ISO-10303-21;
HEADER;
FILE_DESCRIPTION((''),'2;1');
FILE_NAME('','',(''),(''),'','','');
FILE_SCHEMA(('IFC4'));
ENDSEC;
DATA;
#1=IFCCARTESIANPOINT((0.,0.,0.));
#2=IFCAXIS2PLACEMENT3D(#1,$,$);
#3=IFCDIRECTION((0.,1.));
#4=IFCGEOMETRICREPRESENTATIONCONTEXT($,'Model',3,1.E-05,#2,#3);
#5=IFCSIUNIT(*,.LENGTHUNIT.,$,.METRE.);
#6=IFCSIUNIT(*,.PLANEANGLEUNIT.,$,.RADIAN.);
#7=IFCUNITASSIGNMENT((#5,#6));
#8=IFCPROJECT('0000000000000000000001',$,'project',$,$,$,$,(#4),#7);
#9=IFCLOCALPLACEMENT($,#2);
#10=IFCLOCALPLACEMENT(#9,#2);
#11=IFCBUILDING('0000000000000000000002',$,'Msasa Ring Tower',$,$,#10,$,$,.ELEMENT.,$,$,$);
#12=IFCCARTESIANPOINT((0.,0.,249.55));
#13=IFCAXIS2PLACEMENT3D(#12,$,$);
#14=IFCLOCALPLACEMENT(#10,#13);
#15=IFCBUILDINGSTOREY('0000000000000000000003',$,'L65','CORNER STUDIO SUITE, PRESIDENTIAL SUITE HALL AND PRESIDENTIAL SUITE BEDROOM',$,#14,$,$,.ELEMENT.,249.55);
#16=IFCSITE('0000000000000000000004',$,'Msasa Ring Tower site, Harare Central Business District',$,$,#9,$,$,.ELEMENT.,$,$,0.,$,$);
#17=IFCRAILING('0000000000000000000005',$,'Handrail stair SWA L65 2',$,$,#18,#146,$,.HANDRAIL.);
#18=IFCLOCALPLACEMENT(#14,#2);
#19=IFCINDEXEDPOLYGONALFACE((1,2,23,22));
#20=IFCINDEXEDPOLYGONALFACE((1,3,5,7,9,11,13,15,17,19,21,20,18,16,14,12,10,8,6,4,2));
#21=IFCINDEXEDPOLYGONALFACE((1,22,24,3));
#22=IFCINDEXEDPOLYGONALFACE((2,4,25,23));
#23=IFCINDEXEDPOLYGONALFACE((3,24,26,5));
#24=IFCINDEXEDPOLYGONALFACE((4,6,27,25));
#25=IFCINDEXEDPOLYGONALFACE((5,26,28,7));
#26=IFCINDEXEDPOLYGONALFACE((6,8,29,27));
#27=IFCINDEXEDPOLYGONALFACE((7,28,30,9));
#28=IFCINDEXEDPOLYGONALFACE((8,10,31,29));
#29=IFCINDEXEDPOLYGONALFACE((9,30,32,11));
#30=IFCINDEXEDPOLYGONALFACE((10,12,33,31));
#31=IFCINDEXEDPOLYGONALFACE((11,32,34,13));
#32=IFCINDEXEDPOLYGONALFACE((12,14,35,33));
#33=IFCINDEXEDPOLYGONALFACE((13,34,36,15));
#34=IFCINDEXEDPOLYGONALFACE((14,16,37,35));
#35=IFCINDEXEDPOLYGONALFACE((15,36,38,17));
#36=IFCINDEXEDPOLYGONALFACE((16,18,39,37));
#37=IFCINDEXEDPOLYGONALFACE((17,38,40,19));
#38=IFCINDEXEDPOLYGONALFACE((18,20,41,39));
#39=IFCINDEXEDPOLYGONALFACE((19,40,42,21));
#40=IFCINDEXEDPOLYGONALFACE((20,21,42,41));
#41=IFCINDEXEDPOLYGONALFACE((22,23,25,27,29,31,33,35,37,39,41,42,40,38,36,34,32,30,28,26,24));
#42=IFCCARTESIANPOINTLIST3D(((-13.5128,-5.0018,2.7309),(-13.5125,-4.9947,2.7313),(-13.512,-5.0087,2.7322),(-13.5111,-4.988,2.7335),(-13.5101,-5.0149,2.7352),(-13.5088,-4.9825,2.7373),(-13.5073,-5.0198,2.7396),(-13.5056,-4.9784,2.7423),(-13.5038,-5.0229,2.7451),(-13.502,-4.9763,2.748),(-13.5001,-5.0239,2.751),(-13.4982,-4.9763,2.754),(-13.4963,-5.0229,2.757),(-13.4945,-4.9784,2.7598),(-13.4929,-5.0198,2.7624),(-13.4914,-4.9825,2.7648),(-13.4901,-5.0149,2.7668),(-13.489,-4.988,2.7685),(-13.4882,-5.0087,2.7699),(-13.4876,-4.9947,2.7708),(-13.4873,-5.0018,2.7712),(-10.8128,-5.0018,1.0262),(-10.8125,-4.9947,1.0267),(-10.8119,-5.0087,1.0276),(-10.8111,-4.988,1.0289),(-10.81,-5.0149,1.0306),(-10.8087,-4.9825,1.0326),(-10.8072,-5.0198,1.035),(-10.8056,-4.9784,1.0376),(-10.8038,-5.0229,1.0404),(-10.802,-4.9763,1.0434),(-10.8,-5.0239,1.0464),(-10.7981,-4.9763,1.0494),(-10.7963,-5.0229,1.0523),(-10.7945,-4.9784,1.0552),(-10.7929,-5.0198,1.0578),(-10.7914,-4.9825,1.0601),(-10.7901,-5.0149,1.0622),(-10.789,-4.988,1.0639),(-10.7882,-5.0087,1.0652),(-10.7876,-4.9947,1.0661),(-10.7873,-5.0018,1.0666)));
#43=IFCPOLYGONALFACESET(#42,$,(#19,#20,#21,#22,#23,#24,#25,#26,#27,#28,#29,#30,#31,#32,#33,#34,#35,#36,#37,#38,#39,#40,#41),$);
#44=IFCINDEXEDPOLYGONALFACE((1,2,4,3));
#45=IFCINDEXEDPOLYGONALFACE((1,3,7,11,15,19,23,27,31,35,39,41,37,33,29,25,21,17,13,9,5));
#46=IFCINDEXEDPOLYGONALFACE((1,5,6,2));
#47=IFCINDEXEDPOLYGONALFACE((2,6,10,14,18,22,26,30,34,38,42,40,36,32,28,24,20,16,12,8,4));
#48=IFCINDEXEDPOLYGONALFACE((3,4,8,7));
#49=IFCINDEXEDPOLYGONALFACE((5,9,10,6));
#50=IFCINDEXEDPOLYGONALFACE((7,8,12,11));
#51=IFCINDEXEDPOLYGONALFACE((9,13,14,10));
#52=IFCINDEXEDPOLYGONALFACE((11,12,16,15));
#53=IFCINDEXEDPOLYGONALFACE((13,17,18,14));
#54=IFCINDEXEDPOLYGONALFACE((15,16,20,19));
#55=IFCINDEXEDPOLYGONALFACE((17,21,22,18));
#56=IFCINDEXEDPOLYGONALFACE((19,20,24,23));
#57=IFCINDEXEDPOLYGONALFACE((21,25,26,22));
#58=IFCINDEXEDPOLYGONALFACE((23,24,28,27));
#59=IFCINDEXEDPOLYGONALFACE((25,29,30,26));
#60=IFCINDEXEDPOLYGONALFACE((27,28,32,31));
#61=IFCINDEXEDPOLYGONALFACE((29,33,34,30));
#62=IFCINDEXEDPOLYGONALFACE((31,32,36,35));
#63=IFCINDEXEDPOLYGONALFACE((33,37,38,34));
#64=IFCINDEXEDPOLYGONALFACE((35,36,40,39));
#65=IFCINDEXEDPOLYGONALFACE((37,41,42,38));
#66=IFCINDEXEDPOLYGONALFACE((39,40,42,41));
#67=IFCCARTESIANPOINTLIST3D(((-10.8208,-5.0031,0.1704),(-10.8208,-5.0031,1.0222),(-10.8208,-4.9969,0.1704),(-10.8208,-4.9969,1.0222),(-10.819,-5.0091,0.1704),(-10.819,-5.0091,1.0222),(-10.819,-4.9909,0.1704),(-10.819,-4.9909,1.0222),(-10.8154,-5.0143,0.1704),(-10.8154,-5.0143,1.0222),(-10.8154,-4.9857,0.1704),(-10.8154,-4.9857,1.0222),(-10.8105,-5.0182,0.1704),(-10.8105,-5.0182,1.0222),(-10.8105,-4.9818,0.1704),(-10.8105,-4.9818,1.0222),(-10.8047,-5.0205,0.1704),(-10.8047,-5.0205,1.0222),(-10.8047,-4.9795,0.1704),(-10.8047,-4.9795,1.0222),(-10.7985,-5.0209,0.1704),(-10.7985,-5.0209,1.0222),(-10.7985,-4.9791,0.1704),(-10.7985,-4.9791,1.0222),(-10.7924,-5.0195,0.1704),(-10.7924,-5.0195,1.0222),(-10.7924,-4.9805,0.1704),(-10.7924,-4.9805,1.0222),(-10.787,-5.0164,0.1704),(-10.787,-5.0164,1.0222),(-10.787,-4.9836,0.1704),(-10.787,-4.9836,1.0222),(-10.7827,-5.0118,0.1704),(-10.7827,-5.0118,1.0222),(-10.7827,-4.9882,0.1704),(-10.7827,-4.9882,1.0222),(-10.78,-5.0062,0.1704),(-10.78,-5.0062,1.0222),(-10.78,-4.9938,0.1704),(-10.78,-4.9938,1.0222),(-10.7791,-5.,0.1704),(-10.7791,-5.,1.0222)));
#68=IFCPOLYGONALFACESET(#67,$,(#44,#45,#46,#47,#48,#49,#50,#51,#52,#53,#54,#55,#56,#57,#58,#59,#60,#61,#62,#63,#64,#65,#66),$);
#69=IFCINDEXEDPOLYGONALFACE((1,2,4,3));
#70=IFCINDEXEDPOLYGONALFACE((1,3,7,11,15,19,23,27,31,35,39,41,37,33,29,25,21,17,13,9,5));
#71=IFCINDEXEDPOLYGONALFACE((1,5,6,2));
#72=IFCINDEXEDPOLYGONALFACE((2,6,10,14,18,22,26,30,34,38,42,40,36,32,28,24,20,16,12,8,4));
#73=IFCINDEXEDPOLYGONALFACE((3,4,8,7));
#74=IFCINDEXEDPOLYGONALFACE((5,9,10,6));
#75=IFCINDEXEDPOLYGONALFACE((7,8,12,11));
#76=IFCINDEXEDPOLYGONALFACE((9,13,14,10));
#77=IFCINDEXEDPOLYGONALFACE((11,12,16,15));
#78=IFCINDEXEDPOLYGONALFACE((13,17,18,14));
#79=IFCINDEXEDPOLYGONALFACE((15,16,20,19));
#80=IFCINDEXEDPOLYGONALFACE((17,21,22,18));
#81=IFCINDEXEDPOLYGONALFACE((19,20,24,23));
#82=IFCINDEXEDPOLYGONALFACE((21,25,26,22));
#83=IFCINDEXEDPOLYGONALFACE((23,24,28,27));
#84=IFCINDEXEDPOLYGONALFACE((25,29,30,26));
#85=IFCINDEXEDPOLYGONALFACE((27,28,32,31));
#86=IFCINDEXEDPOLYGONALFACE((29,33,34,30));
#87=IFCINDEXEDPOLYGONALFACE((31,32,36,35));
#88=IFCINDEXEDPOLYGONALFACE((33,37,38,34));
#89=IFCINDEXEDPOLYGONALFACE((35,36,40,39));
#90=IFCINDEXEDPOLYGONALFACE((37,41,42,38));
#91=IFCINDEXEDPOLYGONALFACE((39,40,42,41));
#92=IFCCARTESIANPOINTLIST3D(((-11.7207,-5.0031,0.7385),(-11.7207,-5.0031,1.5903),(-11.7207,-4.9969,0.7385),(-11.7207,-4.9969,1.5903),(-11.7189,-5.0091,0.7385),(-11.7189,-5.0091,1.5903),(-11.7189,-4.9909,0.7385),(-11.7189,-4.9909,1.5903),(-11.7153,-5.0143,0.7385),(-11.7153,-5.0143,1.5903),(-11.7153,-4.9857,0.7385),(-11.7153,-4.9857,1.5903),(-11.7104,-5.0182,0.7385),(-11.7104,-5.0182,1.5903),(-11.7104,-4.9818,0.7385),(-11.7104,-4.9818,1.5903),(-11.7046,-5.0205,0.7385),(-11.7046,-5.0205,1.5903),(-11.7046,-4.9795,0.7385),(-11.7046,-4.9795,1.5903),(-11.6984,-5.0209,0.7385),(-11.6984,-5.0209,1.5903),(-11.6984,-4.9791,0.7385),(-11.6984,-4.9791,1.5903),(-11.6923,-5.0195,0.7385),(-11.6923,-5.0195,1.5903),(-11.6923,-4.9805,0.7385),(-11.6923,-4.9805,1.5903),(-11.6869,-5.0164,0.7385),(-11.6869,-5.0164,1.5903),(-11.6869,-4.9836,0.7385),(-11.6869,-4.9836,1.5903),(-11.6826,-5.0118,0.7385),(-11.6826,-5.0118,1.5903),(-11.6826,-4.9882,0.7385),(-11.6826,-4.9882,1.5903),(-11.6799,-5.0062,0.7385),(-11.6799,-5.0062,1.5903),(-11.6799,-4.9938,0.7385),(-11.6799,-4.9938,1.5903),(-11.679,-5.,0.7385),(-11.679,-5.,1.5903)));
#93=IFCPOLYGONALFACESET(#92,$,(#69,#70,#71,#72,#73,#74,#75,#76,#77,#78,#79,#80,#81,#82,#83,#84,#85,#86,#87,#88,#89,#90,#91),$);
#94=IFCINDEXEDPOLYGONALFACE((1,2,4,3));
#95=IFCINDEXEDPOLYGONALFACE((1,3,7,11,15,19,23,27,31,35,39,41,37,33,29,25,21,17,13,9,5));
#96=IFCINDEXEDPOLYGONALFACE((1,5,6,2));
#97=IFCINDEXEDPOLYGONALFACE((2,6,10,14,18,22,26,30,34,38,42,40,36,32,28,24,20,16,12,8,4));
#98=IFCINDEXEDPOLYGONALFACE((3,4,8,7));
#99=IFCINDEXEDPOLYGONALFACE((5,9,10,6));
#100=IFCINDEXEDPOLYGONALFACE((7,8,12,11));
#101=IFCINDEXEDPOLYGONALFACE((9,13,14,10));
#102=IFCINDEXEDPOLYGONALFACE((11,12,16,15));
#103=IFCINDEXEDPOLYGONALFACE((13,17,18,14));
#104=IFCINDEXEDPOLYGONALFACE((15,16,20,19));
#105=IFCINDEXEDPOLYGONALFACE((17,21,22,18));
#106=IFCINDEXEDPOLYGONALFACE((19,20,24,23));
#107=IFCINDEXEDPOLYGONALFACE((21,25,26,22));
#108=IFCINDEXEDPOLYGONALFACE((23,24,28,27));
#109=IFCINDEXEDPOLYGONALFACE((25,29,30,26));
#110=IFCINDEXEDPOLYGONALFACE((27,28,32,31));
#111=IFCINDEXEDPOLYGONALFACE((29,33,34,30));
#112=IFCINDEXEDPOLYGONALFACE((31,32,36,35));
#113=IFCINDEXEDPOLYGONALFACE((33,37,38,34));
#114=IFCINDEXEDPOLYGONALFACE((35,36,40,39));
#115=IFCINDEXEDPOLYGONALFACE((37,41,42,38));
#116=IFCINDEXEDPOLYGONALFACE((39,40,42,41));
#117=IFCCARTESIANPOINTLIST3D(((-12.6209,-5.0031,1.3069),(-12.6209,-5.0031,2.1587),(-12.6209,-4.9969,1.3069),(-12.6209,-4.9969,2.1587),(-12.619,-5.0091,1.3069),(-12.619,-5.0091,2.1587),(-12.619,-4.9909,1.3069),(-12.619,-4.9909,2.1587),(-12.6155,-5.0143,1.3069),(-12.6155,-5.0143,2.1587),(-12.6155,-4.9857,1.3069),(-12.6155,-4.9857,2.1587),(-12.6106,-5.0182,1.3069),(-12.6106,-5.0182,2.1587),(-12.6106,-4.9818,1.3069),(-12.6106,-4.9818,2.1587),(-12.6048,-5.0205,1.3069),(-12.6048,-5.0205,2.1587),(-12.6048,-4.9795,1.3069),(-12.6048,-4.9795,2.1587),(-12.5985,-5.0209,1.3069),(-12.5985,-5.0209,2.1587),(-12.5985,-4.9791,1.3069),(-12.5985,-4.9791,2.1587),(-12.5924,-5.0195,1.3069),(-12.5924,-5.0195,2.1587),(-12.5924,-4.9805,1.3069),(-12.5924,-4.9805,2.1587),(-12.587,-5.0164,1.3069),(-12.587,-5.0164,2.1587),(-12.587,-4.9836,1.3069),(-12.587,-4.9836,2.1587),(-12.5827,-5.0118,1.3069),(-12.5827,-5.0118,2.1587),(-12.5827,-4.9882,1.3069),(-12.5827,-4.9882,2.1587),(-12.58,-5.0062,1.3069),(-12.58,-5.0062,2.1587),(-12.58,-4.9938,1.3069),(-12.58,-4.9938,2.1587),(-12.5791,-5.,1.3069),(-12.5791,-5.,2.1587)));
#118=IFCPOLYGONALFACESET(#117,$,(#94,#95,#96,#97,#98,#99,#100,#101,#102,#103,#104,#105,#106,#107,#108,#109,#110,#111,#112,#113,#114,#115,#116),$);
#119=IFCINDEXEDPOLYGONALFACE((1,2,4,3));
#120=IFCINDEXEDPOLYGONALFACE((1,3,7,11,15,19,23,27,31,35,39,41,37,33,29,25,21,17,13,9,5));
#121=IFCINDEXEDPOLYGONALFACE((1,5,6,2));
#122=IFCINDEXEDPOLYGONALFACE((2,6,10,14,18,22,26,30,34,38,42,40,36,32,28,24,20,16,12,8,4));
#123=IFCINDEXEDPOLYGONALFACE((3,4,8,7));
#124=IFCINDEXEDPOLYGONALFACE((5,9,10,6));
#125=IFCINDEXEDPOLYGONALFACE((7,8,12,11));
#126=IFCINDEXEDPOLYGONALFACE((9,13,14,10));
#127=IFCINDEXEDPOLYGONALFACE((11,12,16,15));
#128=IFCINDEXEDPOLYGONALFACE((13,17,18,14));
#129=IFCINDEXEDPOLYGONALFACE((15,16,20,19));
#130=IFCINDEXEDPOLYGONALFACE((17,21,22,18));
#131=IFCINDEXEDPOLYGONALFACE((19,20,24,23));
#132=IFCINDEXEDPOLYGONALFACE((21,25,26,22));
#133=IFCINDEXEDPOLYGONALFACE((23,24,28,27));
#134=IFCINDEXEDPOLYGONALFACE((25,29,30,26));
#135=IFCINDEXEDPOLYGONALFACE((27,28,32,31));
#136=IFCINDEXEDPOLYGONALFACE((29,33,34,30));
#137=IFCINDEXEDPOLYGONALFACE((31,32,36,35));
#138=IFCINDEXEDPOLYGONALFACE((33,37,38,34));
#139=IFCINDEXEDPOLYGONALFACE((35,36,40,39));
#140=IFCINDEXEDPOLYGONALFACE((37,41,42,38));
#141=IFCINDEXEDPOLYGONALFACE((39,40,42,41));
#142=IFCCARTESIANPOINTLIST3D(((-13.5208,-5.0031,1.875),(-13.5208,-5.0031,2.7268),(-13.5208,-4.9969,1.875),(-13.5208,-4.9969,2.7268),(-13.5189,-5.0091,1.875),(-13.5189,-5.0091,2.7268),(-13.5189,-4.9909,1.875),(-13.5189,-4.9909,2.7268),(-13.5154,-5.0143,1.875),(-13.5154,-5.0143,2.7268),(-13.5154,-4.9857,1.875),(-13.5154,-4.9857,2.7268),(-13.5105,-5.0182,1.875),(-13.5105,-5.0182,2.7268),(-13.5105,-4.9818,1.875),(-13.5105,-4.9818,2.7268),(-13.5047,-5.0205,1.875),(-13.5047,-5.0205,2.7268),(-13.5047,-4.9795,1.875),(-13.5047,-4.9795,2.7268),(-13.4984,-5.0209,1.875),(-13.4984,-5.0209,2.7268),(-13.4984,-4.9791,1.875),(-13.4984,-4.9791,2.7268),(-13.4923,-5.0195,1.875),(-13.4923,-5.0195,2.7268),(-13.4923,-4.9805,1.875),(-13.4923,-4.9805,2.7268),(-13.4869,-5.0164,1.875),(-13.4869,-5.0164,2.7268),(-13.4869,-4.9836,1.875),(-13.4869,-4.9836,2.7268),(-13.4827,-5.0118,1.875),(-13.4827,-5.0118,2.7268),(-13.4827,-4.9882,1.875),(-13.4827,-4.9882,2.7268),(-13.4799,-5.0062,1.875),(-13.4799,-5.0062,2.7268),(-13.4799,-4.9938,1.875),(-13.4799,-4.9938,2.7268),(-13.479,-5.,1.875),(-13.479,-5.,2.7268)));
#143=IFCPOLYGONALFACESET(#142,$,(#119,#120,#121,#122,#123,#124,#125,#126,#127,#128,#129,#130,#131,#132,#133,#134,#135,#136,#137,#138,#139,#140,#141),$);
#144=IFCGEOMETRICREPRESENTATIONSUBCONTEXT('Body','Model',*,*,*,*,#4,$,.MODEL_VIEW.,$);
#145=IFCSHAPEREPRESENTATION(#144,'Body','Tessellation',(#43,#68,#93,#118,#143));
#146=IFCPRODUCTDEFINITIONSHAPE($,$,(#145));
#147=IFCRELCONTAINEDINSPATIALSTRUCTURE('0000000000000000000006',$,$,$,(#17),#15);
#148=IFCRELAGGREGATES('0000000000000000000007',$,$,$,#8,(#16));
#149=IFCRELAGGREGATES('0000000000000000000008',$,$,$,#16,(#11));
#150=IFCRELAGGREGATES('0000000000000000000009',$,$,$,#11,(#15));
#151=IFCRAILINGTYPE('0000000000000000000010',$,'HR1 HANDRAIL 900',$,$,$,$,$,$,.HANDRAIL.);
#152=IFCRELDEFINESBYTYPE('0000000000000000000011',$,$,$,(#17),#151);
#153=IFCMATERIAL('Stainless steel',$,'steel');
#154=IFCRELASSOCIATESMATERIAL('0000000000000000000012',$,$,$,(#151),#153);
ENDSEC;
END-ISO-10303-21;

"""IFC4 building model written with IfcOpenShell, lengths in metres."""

from ifc_helpers import new_model, si_unit, direction, frame, origin, origin_2d, place, context, subcontext, project, spatial, circle, extrude, material, type_object, element, save


model = new_model("IFC4")

# Units and contexts
model_context = context("Model", 3, precision=1e-05, world=origin(), true_north=direction((0.0, 1.0)))
body_context = subcontext(model_context, "Body", "Model", "MODEL_VIEW")
ifc_project = project(units=[si_unit("LENGTHUNIT", "METRE"), si_unit("PLANEANGLEUNIT", "RADIAN")], contexts=[model_context])

# Site, building, storey
site_placement = place(None, origin())
site = spatial("IfcSite", under=ifc_project, at=site_placement, Name="Msasa Ring Tower site, Harare Central Business District", CompositionType="ELEMENT", RefElevation=0.0)
building_placement = place(site_placement, origin())
building = spatial("IfcBuilding", under=site, at=building_placement, Name="Msasa Ring Tower", CompositionType="ELEMENT")
storey_placement = place(building_placement, frame((0.0, 0.0, 249.55)))
storey = spatial("IfcBuildingStorey", under=building, at=storey_placement, Name="L65", Description="CORNER STUDIO SUITE, PRESIDENTIAL SUITE HALL AND PRESIDENTIAL SUITE BEDROOM", CompositionType="ELEMENT", Elevation=249.55)

# Railing
ifc_material_1 = material(Name="Stainless steel", Category="steel")
railing_type = type_object("IfcRailingType", Name="HR1 HANDRAIL 900", PredefinedType="HANDRAIL", material=ifc_material_1)
for number, where, name in (
    (1, (-10.8, -5.0, 0.1704), "Handrail stair SWA L65 2"),
):
    element("IfcRailing", number, at=place(storey_placement, frame(where)), inside=storey, type_object=railing_type, Name=name, PredefinedType="HANDRAIL", context=body_context, shape_type="SweptSolid", body=[
        extrude(circle(Radius=0.0239, at=origin_2d()), frame((0.0, 0.0, 0.876), z_axis=(-0.84558, 0.0, 0.533849), x_axis=(0.0, -1.0, 0.0)), (0.0, 0.0, 1.0), 3.1931),
        extrude(circle(Radius=0.021, at=origin_2d()), origin(), (0.0, 0.0, 1.0), 0.8518),
        extrude(circle(Radius=0.021, at=origin_2d()), frame((-0.8999, 0.0, 0.5681)), (0.0, 0.0, 1.0), 0.8518),
        extrude(circle(Radius=0.021, at=origin_2d()), frame((-1.8, 0.0, 1.1365)), (0.0, 0.0, 1.0), 0.8518),
        extrude(circle(Radius=0.021, at=origin_2d()), frame((-2.7, 0.0, 1.7046)), (0.0, 0.0, 1.0), 0.8518),
    ])

save(model, "model.ifc")
